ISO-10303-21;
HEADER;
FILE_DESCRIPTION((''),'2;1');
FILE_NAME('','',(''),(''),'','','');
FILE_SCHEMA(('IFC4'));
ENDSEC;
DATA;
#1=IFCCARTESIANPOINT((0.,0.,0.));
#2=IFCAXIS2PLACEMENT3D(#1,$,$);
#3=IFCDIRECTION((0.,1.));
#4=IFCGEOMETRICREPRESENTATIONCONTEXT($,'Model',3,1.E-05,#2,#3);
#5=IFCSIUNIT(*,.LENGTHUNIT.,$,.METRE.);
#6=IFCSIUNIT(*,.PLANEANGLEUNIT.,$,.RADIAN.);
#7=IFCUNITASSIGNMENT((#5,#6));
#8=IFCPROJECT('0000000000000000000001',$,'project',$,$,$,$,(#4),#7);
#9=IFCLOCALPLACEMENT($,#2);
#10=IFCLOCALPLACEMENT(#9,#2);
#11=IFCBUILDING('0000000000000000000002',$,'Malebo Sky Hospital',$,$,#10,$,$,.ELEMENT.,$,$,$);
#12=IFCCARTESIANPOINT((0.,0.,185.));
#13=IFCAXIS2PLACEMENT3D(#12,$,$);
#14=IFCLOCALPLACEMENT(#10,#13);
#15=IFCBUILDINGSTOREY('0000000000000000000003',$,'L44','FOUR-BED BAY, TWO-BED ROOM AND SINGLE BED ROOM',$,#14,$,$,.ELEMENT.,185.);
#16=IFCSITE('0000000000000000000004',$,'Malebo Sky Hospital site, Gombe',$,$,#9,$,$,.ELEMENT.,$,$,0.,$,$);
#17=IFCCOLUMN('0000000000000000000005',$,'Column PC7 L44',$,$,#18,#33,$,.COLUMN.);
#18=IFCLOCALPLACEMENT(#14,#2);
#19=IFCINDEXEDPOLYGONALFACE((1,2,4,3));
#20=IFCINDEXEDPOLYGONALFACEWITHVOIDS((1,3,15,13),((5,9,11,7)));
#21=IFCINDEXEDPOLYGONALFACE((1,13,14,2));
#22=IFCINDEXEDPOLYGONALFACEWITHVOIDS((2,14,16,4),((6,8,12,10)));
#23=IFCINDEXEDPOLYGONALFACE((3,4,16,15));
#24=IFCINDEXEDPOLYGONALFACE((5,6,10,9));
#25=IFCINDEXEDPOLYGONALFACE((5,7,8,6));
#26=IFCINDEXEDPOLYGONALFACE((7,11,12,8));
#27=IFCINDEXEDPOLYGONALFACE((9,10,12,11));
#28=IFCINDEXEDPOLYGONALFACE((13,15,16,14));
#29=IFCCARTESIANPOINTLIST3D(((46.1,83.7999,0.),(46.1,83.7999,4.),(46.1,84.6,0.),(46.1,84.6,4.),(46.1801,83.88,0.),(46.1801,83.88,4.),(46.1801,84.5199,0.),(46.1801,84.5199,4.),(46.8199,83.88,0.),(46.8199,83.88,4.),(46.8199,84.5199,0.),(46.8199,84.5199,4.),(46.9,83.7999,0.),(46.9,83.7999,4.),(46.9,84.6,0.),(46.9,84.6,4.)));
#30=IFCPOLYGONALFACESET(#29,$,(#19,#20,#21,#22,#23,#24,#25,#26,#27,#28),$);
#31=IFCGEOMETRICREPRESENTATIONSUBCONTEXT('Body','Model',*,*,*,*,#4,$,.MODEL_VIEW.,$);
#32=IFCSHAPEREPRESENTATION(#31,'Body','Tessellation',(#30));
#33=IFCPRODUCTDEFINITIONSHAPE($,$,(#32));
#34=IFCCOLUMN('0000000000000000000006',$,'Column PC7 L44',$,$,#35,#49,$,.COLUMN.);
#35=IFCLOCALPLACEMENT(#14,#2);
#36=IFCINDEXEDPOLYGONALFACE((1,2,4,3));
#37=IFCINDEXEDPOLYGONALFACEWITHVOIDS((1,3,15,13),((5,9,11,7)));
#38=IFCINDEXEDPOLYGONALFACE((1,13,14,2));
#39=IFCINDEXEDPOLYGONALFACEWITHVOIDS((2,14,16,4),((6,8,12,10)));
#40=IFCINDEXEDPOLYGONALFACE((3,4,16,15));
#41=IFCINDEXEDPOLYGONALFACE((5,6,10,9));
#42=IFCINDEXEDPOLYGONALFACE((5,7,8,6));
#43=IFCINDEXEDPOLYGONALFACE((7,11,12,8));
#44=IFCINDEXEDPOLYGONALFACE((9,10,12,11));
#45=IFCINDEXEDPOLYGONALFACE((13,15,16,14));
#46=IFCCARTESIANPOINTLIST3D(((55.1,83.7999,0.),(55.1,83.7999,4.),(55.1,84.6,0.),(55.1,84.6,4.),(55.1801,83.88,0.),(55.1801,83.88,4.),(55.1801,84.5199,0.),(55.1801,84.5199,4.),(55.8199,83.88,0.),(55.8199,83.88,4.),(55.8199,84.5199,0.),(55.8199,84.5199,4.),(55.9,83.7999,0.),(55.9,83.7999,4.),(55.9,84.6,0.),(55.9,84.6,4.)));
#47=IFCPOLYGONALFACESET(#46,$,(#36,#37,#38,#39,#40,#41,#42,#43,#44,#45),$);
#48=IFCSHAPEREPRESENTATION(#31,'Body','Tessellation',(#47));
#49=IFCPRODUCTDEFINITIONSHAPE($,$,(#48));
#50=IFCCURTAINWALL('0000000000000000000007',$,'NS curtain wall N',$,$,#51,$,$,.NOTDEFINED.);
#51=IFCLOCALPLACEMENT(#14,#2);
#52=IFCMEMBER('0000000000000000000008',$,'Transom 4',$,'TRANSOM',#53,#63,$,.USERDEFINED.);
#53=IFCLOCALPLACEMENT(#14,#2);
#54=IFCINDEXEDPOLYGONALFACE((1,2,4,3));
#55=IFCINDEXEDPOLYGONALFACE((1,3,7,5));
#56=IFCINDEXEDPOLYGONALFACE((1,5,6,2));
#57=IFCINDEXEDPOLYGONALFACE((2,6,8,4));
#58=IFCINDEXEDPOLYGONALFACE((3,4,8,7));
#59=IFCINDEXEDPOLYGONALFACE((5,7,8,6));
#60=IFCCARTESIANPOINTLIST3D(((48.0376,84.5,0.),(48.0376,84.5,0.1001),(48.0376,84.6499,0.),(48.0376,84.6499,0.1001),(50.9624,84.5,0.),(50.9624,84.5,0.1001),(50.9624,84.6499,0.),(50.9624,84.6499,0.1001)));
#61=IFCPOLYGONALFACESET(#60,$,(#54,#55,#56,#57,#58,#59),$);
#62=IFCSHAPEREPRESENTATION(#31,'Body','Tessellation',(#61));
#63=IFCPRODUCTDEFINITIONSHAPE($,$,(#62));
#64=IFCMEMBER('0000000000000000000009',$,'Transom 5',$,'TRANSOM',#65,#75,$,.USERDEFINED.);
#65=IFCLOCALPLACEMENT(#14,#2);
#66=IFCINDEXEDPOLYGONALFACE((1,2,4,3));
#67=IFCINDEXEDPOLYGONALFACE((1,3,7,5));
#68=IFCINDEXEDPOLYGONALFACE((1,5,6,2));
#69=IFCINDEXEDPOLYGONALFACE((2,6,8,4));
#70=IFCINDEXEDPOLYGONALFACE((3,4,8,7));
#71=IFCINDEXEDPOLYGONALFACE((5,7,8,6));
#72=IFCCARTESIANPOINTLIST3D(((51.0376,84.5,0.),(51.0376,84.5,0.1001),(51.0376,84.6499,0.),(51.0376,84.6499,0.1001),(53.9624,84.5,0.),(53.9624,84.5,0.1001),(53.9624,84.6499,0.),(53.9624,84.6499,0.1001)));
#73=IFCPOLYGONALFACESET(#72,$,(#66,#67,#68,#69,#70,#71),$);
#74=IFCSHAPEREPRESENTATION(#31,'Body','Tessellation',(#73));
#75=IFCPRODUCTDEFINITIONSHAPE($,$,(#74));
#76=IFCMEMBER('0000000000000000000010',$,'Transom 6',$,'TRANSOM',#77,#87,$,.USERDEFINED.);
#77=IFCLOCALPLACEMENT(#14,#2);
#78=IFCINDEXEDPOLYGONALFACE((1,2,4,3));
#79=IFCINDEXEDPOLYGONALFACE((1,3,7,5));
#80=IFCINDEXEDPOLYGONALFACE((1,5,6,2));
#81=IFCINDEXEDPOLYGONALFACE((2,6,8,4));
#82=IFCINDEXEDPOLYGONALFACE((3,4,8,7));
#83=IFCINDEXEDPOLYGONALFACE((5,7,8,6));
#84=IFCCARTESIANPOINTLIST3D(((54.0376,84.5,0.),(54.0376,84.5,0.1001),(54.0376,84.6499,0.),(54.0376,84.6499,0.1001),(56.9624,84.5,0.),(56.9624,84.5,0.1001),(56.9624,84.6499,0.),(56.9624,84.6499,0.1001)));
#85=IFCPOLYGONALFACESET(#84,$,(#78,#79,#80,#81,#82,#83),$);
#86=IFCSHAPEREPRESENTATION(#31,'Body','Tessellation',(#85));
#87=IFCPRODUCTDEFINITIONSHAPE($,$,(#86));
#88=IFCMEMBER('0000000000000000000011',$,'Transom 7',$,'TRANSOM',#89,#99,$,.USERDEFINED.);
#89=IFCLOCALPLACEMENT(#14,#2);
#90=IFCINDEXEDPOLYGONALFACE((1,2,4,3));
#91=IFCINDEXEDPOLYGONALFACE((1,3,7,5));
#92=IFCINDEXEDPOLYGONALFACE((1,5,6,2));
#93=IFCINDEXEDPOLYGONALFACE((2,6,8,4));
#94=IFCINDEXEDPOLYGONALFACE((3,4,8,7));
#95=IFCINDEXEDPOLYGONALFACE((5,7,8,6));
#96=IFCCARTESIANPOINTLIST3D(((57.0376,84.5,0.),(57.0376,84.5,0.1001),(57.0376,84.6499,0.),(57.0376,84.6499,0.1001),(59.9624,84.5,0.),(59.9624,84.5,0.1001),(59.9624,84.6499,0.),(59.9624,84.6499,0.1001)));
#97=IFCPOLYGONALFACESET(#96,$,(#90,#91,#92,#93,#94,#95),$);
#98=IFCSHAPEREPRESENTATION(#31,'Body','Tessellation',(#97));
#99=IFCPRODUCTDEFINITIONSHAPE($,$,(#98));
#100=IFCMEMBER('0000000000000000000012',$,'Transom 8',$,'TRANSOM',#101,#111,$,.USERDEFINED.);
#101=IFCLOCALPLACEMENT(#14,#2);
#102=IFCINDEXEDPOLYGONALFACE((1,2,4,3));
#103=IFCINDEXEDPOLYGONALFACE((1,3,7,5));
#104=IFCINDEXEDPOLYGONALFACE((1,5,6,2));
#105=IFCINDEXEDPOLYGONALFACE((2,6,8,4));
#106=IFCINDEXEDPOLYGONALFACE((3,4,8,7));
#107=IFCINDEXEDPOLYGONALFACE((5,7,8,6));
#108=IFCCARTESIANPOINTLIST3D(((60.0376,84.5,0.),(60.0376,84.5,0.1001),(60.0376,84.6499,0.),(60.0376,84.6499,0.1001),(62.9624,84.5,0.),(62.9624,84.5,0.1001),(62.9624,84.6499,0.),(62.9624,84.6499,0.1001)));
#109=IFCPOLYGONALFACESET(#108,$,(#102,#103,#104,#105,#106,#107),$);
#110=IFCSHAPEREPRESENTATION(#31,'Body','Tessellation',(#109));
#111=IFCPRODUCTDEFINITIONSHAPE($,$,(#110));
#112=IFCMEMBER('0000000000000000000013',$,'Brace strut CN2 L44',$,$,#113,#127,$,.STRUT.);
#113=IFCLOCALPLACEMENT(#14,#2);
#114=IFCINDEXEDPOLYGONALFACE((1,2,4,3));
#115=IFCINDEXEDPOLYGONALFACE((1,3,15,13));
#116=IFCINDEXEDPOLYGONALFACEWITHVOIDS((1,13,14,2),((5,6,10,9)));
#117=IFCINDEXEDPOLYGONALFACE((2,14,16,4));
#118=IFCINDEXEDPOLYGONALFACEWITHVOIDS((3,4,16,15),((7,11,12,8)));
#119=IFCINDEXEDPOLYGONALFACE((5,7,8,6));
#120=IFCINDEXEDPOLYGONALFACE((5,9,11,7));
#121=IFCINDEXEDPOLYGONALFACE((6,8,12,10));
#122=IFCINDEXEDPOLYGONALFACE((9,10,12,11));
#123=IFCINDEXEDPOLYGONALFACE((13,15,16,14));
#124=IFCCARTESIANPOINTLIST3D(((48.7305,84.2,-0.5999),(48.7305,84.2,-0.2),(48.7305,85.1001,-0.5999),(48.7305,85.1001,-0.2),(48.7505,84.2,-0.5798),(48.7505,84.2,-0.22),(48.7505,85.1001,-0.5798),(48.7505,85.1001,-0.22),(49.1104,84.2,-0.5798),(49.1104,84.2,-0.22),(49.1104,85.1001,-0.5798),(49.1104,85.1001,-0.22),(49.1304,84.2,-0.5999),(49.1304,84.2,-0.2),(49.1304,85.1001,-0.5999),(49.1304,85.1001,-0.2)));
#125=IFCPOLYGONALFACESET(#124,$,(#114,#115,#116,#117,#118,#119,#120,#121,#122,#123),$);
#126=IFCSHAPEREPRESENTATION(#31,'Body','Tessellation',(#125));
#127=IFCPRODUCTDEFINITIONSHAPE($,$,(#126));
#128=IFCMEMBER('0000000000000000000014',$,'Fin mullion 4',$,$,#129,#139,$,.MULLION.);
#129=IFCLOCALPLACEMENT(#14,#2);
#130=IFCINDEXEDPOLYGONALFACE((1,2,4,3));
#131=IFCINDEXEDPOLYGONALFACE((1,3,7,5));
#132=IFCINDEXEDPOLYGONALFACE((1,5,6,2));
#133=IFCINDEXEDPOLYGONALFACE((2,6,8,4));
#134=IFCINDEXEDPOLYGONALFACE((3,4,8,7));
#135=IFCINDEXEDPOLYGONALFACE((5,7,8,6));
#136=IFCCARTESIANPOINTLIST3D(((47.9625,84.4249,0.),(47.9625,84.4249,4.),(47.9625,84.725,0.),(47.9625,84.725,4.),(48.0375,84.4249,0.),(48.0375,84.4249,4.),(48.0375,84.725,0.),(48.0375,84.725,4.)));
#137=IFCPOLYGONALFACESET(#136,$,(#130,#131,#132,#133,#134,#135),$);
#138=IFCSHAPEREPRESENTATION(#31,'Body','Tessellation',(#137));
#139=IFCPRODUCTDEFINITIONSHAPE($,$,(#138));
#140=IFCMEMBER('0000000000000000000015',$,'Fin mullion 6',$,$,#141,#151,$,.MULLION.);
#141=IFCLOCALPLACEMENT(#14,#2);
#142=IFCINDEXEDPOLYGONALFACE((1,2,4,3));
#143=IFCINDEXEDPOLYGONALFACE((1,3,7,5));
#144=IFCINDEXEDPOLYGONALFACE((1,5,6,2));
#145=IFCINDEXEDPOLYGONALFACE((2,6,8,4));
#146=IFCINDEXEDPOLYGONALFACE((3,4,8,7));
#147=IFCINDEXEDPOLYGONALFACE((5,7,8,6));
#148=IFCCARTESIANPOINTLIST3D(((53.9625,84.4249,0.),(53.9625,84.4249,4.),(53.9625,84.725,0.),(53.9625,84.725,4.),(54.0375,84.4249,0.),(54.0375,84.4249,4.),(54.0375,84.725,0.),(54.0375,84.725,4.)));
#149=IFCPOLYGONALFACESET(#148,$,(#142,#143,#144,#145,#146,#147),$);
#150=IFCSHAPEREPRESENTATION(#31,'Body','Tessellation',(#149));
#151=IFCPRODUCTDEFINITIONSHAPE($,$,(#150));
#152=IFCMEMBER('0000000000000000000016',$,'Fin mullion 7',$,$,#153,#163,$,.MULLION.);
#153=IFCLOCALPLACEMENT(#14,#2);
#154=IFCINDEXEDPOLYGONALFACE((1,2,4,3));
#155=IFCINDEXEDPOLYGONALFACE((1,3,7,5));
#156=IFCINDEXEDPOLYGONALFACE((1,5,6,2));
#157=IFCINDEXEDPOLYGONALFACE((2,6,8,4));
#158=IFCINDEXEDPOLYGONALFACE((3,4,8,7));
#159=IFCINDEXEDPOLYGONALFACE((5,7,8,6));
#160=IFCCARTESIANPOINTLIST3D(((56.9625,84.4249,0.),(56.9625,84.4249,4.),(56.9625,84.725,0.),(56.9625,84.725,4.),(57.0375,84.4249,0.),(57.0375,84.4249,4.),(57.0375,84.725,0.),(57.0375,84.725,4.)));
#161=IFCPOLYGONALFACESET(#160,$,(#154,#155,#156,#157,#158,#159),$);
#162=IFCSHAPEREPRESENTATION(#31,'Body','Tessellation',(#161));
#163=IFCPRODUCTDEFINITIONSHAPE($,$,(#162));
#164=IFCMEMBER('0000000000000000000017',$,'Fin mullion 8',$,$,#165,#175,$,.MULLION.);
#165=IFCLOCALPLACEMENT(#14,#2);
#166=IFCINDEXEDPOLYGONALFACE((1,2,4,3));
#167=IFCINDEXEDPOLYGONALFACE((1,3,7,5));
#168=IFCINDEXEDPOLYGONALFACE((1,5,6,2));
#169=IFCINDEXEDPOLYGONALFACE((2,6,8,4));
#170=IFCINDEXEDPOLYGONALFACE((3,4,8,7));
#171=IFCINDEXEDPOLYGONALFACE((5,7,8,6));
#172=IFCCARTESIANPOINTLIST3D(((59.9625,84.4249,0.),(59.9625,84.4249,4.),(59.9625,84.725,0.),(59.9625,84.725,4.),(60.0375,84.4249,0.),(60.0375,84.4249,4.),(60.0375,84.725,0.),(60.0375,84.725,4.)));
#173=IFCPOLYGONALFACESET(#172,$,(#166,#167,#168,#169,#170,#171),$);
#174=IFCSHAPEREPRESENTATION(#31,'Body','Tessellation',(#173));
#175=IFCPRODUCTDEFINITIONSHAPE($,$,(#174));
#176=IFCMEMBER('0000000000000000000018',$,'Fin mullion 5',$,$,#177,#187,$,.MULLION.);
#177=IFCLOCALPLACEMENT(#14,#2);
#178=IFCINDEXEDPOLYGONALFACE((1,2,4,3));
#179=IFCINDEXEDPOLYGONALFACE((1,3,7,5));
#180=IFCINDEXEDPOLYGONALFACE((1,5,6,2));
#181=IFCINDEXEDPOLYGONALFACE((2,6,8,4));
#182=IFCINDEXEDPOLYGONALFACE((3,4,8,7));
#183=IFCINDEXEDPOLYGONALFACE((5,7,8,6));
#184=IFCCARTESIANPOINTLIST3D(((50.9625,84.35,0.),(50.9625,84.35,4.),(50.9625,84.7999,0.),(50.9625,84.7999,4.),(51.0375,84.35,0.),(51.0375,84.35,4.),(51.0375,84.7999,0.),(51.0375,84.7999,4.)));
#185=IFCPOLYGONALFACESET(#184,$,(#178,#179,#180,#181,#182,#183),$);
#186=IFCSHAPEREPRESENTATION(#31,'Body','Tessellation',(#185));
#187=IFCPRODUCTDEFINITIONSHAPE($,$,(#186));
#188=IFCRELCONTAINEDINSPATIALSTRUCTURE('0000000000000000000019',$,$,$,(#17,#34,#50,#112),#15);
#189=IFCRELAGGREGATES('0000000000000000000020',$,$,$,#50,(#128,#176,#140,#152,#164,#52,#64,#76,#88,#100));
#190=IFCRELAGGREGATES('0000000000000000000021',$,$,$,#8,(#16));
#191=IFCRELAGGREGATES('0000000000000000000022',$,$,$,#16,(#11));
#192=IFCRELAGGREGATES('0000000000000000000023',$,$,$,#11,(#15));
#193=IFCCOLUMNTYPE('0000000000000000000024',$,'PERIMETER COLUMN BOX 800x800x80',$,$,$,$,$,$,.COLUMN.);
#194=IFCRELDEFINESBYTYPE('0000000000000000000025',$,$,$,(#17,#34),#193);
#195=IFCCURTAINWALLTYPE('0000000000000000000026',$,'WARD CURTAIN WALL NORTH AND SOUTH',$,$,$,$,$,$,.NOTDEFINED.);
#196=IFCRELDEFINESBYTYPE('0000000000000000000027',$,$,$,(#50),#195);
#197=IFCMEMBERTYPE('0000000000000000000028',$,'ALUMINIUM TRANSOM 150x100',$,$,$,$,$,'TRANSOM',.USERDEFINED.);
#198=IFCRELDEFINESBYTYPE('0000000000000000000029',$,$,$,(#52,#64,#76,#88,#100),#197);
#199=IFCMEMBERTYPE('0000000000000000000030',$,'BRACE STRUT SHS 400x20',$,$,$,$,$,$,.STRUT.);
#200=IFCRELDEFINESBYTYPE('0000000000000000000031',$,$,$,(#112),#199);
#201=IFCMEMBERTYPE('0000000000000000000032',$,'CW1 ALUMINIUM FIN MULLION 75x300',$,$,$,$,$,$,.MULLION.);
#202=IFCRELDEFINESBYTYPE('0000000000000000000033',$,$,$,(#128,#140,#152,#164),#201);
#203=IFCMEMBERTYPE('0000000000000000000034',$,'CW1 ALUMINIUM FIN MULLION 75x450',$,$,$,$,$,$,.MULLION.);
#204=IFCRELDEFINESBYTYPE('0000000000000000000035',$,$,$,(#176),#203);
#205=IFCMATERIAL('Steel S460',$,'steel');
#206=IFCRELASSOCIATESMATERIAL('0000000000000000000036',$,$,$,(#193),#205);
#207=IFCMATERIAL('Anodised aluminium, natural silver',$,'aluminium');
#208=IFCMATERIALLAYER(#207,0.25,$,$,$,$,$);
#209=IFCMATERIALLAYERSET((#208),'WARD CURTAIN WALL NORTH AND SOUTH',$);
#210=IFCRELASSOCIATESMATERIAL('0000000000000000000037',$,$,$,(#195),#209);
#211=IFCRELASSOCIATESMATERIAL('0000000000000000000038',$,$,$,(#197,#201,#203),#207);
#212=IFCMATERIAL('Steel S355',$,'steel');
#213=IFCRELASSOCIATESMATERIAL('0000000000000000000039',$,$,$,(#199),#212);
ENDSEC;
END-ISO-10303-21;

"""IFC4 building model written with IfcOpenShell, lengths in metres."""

from ifc_helpers import new_model, si_unit, direction, frame, origin, origin_2d, place, context, subcontext, project, spatial, rectangle, hollow_rectangle, extrude, material, layer, layer_set, material_profile, profile_set, type_object, element, aggregate, save


model = new_model("IFC4")

# Units and contexts
model_context = context("Model", 3, precision=1e-05, world=origin(), true_north=direction((0.0, 1.0)))
body_context = subcontext(model_context, "Body", "Model", "MODEL_VIEW")
ifc_project = project(units=[si_unit("LENGTHUNIT", "METRE"), si_unit("PLANEANGLEUNIT", "RADIAN")], contexts=[model_context])

# Site, building, storey
site_placement = place(None, origin())
site = spatial("IfcSite", under=ifc_project, at=site_placement, Name="Malebo Sky Hospital site, Gombe", CompositionType="ELEMENT", RefElevation=0.0)
building_placement = place(site_placement, origin())
building = spatial("IfcBuilding", under=site, at=building_placement, Name="Malebo Sky Hospital", CompositionType="ELEMENT")
storey_placement = place(building_placement, frame((0.0, 0.0, 185.0)))
storey = spatial("IfcBuildingStorey", under=building, at=storey_placement, Name="L44", Description="FOUR-BED BAY, TWO-BED ROOM AND SINGLE BED ROOM", CompositionType="ELEMENT", Elevation=185.0)

# Columns
ifc_material_1 = material(Name="Steel S460", Category="steel")
ifc_material_profile_1 = material_profile(ifc_material_1, hollow_rectangle(XDim=0.8, YDim=0.8, WallThickness=0.0801, at=origin_2d()), Name="BOX 800x800x80")
ifc_profile_set_1 = profile_set([ifc_material_profile_1], Name="Steel S460")
column_type = type_object("IfcColumnType", Name="PERIMETER COLUMN BOX 800x800x80", PredefinedType="COLUMN", material=ifc_profile_set_1)
for number, where, z_axis, x_axis, name in (
    (1, (46.5, 84.2, 0.0), (0.0, 0.0, 1.0), (1.0, 0.0, 0.0), "Column PC7 L44"),
    (2, (55.5, 84.2, 0.0), (0.0, 0.0, 1.0), (1.0, 0.0, 0.0), "Column PC7 L44"),
):
    element("IfcColumn", number, at=place(storey_placement, frame(where, z_axis=z_axis, x_axis=x_axis)), inside=storey, type_object=column_type, Name=name, PredefinedType="COLUMN", context=body_context, shape_type="SweptSolid", body=[
        extrude(hollow_rectangle(XDim=0.8, YDim=0.8, WallThickness=0.0801, at=origin_2d()), origin(), (0.0, 0.0, 1.0), 4.0),
    ])

# Curtain wall, members
ifc_material_2 = material(Name="Anodised aluminium, natural silver", Category="aluminium")
ifc_layer_1 = layer(ifc_material_2, 0.25)
ifc_layer_set_1 = layer_set([ifc_layer_1], Name="WARD CURTAIN WALL NORTH AND SOUTH")
curtain_wall_type = type_object("IfcCurtainWallType", Name="WARD CURTAIN WALL NORTH AND SOUTH", PredefinedType="NOTDEFINED", material=ifc_layer_set_1)
curtain_wall_placement = place(storey_placement, origin())
curtain_wall = element("IfcCurtainWall", 3, at=curtain_wall_placement, inside=storey, type_object=curtain_wall_type, Name="NS curtain wall N", PredefinedType="NOTDEFINED")
ifc_material_profile_2 = material_profile(ifc_material_2, rectangle(XDim=0.1499, YDim=0.1001, at=origin_2d()), Name="ALUMINIUM TRANSOM 150x100")
ifc_profile_set_2 = profile_set([ifc_material_profile_2], Name="Anodised aluminium, natural silver")
member_type_1 = type_object("IfcMemberType", Name="ALUMINIUM TRANSOM 150x100", ElementType="TRANSOM", PredefinedType="USERDEFINED", material=ifc_profile_set_2)
member_1_placement = place(storey_placement, frame((48.0376, 84.575, 0.05), z_axis=(1.0, 0.0, 0.0), x_axis=(0.0, 1.0, 0.0)))
member_1 = element("IfcMember", 4, at=member_1_placement, type_object=member_type_1, Name="Transom 4", ObjectType="TRANSOM", PredefinedType="USERDEFINED", context=body_context, shape_type="SweptSolid", body=[
    extrude(rectangle(XDim=0.1499, YDim=0.1001, at=origin_2d()), origin(), (0.0, 0.0, 1.0), 2.9248),
])
member_2_placement = place(storey_placement, frame((51.0376, 84.575, 0.05), z_axis=(1.0, 0.0, 0.0), x_axis=(0.0, 1.0, 0.0)))
member_2 = element("IfcMember", 5, at=member_2_placement, type_object=member_type_1, Name="Transom 5", ObjectType="TRANSOM", PredefinedType="USERDEFINED", context=body_context, shape_type="SweptSolid", body=[
    extrude(rectangle(XDim=0.1499, YDim=0.1001, at=origin_2d()), origin(), (0.0, 0.0, 1.0), 2.9248),
])
member_3_placement = place(storey_placement, frame((54.0376, 84.575, 0.05), z_axis=(1.0, 0.0, 0.0), x_axis=(0.0, 1.0, 0.0)))
member_3 = element("IfcMember", 6, at=member_3_placement, type_object=member_type_1, Name="Transom 6", ObjectType="TRANSOM", PredefinedType="USERDEFINED", context=body_context, shape_type="SweptSolid", body=[
    extrude(rectangle(XDim=0.1499, YDim=0.1001, at=origin_2d()), origin(), (0.0, 0.0, 1.0), 2.9248),
])
member_4_placement = place(storey_placement, frame((57.0376, 84.575, 0.05), z_axis=(1.0, 0.0, 0.0), x_axis=(0.0, 1.0, 0.0)))
member_4 = element("IfcMember", 7, at=member_4_placement, type_object=member_type_1, Name="Transom 7", ObjectType="TRANSOM", PredefinedType="USERDEFINED", context=body_context, shape_type="SweptSolid", body=[
    extrude(rectangle(XDim=0.1499, YDim=0.1001, at=origin_2d()), origin(), (0.0, 0.0, 1.0), 2.9248),
])
member_5_placement = place(storey_placement, frame((60.0376, 84.575, 0.05), z_axis=(1.0, 0.0, 0.0), x_axis=(0.0, 1.0, 0.0)))
member_5 = element("IfcMember", 8, at=member_5_placement, type_object=member_type_1, Name="Transom 8", ObjectType="TRANSOM", PredefinedType="USERDEFINED", context=body_context, shape_type="SweptSolid", body=[
    extrude(rectangle(XDim=0.1499, YDim=0.1001, at=origin_2d()), origin(), (0.0, 0.0, 1.0), 2.9248),
])

# Members
ifc_material_3 = material(Name="Steel S355", Category="steel")
ifc_material_profile_3 = material_profile(ifc_material_3, hollow_rectangle(XDim=0.3999, YDim=0.3999, WallThickness=0.02, at=origin_2d()), Name="SHS 400x20")
ifc_profile_set_3 = profile_set([ifc_material_profile_3], Name="Steel S355")
member_type_2 = type_object("IfcMemberType", Name="BRACE STRUT SHS 400x20", PredefinedType="STRUT", material=ifc_profile_set_3)
member_6_placement = place(storey_placement, frame((48.9304, 85.1001, -0.3999), z_axis=(0.0, -1.0, 0.0), x_axis=(1.0, 0.0, 0.0)))
element("IfcMember", 9, at=member_6_placement, inside=storey, type_object=member_type_2, Name="Brace strut CN2 L44", PredefinedType="STRUT", context=body_context, shape_type="SweptSolid", body=[
    extrude(hollow_rectangle(XDim=0.3999, YDim=0.3999, WallThickness=0.02, at=origin_2d()), origin(), (0.0, 0.0, 1.0), 0.9001),
])
ifc_material_profile_4 = material_profile(ifc_material_2, rectangle(XDim=0.075, YDim=0.3, at=origin_2d()), Name="CW1 ALUMINIUM FIN MULLION 75x300")
ifc_profile_set_4 = profile_set([ifc_material_profile_4], Name="Anodised aluminium, natural silver")
member_type_3 = type_object("IfcMemberType", Name="CW1 ALUMINIUM FIN MULLION 75x300", PredefinedType="MULLION", material=ifc_profile_set_4)
member_7_placement = place(storey_placement, frame((48.0, 84.575, 0.0), z_axis=(0.0, 0.0, 1.0), x_axis=(1.0, 0.0, 0.0)))
member_7 = element("IfcMember", 10, at=member_7_placement, type_object=member_type_3, Name="Fin mullion 4", PredefinedType="MULLION", context=body_context, shape_type="SweptSolid", body=[
    extrude(rectangle(XDim=0.075, YDim=0.3, at=origin_2d()), origin(), (0.0, 0.0, 1.0), 4.0),
])
member_8_placement = place(storey_placement, frame((54.0, 84.575, 0.0), z_axis=(0.0, 0.0, 1.0), x_axis=(1.0, 0.0, 0.0)))
member_8 = element("IfcMember", 11, at=member_8_placement, type_object=member_type_3, Name="Fin mullion 6", PredefinedType="MULLION", context=body_context, shape_type="SweptSolid", body=[
    extrude(rectangle(XDim=0.075, YDim=0.3, at=origin_2d()), origin(), (0.0, 0.0, 1.0), 4.0),
])
member_9_placement = place(storey_placement, frame((57.0, 84.575, 0.0), z_axis=(0.0, 0.0, 1.0), x_axis=(1.0, 0.0, 0.0)))
member_9 = element("IfcMember", 12, at=member_9_placement, type_object=member_type_3, Name="Fin mullion 7", PredefinedType="MULLION", context=body_context, shape_type="SweptSolid", body=[
    extrude(rectangle(XDim=0.075, YDim=0.3, at=origin_2d()), origin(), (0.0, 0.0, 1.0), 4.0),
])
member_10_placement = place(storey_placement, frame((60.0, 84.575, 0.0), z_axis=(0.0, 0.0, 1.0), x_axis=(1.0, 0.0, 0.0)))
member_10 = element("IfcMember", 13, at=member_10_placement, type_object=member_type_3, Name="Fin mullion 8", PredefinedType="MULLION", context=body_context, shape_type="SweptSolid", body=[
    extrude(rectangle(XDim=0.075, YDim=0.3, at=origin_2d()), origin(), (0.0, 0.0, 1.0), 4.0),
])
ifc_material_profile_5 = material_profile(ifc_material_2, rectangle(XDim=0.075, YDim=0.45, at=origin_2d()), Name="CW1 ALUMINIUM FIN MULLION 75x450")
ifc_profile_set_5 = profile_set([ifc_material_profile_5], Name="Anodised aluminium, natural silver")
member_type_4 = type_object("IfcMemberType", Name="CW1 ALUMINIUM FIN MULLION 75x450", PredefinedType="MULLION", material=ifc_profile_set_5)
member_11_placement = place(storey_placement, frame((51.0, 84.575, 0.0), z_axis=(0.0, 0.0, 1.0), x_axis=(1.0, 0.0, 0.0)))
member_11 = element("IfcMember", 14, at=member_11_placement, type_object=member_type_4, Name="Fin mullion 5", PredefinedType="MULLION", context=body_context, shape_type="SweptSolid", body=[
    extrude(rectangle(XDim=0.075, YDim=0.45, at=origin_2d()), origin(), (0.0, 0.0, 1.0), 4.0),
])

aggregate(curtain_wall, [member_7, member_11, member_8, member_9, member_10, member_1, member_2, member_3, member_4, member_5])

save(model, "model.ifc")
